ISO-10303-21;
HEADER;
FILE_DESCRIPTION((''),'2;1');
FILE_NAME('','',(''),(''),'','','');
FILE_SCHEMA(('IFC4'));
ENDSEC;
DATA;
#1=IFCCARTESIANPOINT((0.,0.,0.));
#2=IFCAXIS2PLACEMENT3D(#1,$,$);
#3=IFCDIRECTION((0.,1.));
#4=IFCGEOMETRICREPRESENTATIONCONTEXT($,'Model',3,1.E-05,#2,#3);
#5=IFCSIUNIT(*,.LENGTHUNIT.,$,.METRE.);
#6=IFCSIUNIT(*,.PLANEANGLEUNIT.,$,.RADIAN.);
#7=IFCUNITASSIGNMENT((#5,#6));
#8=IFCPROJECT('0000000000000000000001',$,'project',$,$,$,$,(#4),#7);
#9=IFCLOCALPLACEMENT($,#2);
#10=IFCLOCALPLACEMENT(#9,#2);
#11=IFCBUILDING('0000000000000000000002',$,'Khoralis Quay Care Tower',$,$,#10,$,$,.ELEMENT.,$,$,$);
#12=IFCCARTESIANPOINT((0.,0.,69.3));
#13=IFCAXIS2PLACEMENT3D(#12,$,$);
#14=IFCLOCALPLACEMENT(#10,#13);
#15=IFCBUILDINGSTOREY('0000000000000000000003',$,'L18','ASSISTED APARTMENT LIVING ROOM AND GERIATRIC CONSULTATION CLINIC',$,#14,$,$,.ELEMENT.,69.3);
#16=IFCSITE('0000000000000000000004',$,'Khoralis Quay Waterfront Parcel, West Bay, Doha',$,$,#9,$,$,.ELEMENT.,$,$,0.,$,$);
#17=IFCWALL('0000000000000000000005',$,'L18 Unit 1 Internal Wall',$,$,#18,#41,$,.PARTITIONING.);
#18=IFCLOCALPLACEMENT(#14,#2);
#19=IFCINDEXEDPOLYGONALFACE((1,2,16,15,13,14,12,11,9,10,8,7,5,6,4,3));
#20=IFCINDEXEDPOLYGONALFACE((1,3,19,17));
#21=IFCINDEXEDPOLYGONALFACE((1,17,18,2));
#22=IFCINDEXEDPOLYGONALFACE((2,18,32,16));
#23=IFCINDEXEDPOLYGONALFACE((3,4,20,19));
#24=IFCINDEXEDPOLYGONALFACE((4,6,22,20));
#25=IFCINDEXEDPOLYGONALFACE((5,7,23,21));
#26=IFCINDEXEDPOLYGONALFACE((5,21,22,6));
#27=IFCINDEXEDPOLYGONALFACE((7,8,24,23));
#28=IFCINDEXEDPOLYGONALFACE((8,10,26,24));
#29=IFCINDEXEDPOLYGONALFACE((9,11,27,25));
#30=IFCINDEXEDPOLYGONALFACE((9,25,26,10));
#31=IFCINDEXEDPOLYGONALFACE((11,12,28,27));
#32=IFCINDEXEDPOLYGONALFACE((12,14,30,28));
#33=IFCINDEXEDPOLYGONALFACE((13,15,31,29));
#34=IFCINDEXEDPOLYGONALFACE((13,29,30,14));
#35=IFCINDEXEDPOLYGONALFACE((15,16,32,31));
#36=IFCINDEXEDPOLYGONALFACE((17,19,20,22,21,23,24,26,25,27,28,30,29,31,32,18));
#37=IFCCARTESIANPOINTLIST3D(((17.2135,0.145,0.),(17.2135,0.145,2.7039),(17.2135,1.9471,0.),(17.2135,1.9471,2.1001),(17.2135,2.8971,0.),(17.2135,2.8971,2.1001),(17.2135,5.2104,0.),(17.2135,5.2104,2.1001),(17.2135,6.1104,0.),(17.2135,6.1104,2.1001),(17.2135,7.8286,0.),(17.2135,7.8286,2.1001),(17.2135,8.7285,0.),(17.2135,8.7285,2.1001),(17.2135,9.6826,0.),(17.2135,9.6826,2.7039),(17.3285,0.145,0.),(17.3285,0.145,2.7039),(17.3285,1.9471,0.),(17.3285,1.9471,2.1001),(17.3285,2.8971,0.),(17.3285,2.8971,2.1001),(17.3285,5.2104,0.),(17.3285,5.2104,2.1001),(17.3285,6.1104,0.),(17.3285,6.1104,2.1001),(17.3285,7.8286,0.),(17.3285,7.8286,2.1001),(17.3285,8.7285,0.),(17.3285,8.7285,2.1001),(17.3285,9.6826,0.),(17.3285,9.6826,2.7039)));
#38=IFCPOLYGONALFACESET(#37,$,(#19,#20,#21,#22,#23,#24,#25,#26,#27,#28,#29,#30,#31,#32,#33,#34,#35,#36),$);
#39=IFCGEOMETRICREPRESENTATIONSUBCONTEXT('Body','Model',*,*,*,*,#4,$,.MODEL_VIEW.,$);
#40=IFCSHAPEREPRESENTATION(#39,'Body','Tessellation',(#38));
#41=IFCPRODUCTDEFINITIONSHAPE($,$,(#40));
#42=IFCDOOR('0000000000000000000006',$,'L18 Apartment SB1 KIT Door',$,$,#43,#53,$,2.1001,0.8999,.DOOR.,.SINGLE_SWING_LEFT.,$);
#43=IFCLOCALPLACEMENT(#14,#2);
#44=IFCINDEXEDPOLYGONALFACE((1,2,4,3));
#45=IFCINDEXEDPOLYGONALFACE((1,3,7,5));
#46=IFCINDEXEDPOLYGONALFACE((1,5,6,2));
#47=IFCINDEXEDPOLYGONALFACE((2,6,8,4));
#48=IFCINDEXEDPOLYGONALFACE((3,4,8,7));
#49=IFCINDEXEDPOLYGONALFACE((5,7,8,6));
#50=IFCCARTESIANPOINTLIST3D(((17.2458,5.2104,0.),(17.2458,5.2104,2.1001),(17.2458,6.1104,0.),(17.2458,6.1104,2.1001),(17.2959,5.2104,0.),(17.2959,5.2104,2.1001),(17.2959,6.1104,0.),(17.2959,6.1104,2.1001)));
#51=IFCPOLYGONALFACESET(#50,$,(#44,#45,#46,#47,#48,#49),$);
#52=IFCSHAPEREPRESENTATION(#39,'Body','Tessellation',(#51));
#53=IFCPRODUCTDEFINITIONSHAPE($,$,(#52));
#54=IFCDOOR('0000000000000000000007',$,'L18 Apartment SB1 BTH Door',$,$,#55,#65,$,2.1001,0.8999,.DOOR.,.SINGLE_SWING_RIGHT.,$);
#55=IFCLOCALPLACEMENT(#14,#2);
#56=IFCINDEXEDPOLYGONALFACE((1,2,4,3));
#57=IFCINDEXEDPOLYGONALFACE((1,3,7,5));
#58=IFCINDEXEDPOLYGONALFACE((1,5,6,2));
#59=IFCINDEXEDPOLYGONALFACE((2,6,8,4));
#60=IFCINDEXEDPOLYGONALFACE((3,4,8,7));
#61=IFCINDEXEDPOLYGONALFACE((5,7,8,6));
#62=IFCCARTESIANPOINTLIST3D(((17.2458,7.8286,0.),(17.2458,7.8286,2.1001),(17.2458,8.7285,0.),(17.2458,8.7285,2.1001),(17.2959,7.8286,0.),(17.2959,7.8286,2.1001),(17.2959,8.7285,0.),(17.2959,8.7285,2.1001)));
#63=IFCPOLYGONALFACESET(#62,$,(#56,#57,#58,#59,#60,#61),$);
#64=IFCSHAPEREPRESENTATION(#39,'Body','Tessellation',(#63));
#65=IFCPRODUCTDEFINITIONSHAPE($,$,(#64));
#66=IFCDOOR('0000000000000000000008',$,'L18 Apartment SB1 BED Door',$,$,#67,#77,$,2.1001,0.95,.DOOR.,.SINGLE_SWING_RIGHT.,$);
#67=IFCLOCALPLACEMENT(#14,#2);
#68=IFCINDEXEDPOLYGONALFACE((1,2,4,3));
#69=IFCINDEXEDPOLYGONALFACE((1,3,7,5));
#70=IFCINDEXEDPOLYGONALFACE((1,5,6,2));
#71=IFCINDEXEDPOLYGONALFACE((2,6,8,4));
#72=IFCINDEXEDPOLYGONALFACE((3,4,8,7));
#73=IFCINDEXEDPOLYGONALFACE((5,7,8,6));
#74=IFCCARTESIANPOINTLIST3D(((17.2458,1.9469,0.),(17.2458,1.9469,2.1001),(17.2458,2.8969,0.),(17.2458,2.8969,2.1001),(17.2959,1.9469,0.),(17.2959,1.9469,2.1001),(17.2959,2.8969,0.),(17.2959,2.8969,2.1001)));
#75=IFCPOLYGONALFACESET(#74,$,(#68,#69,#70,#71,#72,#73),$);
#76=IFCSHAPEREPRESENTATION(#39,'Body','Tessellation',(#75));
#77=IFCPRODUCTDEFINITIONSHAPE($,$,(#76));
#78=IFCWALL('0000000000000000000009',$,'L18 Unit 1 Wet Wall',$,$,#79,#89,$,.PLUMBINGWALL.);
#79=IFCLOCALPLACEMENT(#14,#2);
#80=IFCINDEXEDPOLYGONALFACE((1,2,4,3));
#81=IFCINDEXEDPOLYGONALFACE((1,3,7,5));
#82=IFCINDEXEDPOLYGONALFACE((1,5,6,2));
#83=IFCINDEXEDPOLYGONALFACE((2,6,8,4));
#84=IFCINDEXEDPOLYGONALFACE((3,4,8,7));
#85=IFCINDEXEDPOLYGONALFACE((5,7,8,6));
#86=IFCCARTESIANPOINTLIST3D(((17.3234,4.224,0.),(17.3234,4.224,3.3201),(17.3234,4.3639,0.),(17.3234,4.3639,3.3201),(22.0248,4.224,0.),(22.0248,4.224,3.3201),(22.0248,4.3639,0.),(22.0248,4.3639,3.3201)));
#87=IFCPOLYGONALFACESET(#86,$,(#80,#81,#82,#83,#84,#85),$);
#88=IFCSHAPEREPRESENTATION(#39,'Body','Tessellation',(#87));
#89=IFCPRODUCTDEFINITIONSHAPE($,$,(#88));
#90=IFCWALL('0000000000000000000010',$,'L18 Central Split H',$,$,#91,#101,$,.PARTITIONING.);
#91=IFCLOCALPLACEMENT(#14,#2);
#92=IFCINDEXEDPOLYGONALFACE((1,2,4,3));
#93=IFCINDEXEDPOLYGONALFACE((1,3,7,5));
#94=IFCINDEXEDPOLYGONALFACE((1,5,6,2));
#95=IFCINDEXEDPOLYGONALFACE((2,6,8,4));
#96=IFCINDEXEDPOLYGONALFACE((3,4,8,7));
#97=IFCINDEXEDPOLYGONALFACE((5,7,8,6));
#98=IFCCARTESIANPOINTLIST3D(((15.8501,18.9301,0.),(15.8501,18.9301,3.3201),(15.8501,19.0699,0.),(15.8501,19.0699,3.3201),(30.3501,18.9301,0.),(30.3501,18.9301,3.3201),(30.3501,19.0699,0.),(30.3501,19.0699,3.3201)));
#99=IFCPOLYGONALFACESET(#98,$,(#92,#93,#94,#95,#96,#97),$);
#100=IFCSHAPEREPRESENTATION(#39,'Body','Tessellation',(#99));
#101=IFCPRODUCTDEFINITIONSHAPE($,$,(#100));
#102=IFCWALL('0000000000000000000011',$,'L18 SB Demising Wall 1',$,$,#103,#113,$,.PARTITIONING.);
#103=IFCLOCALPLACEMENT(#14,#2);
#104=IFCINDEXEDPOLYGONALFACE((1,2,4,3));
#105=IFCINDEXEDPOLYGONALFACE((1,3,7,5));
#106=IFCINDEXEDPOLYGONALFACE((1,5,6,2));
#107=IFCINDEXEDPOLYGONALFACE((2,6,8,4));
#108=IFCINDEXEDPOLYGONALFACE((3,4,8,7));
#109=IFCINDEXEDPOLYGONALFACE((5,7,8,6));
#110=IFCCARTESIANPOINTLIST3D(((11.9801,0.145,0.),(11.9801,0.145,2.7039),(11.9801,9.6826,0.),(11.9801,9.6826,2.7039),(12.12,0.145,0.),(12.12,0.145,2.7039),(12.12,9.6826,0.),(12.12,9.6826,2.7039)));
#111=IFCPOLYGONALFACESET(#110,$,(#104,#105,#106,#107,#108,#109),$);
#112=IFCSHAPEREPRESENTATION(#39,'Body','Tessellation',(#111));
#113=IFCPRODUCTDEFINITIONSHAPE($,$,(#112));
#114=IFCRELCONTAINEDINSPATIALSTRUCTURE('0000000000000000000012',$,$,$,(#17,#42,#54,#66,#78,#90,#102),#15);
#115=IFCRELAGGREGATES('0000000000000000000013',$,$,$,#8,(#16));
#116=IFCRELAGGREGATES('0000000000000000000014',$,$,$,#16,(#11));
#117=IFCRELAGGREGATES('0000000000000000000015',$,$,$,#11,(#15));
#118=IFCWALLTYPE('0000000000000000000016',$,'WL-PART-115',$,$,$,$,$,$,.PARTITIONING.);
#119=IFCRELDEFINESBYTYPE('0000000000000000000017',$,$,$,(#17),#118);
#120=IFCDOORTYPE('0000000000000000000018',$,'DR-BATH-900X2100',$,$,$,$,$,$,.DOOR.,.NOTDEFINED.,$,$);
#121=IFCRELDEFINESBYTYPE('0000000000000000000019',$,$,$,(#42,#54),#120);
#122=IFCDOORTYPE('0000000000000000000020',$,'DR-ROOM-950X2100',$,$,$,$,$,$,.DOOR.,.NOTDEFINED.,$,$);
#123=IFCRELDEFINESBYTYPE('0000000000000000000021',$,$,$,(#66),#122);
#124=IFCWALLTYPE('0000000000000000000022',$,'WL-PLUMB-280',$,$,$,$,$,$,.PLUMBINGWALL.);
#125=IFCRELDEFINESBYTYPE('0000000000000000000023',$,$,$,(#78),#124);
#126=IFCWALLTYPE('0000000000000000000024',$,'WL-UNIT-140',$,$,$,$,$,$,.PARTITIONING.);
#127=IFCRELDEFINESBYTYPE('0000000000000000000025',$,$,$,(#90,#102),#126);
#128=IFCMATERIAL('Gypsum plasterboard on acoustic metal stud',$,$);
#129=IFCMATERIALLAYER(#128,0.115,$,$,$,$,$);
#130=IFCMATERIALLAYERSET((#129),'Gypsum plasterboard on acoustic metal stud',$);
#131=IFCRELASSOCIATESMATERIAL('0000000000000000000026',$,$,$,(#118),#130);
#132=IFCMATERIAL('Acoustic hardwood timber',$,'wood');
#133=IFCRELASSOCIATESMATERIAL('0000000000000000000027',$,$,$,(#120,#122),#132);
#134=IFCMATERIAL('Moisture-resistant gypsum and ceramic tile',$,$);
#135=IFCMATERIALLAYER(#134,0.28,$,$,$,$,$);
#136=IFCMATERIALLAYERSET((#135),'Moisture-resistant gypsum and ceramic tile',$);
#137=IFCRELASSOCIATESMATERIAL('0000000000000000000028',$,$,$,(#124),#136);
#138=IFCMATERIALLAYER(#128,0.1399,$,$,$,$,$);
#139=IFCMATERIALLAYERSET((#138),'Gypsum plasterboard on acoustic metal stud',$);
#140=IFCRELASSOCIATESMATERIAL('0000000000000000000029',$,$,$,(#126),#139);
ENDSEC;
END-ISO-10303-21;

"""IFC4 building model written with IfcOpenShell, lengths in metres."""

from ifc_helpers import new_model, si_unit, direction, frame, frame_2d, origin, place, context, subcontext, project, spatial, rectangle, extrude, source, transform, mapped, material, layer, layer_set, type_object, element, fill, save


model = new_model("IFC4")

# Units and contexts
model_context = context("Model", 3, precision=1e-05, world=origin(), true_north=direction((0.0, 1.0)))
body_context = subcontext(model_context, "Body", "Model", "MODEL_VIEW")
ifc_project = project(units=[si_unit("LENGTHUNIT", "METRE"), si_unit("PLANEANGLEUNIT", "RADIAN")], contexts=[model_context])

# Site, building, storey
site_placement = place(None, origin())
site = spatial("IfcSite", under=ifc_project, at=site_placement, Name="Khoralis Quay Waterfront Parcel, West Bay, Doha", CompositionType="ELEMENT", RefElevation=0.0)
building_placement = place(site_placement, origin())
building = spatial("IfcBuilding", under=site, at=building_placement, Name="Khoralis Quay Care Tower", CompositionType="ELEMENT")
storey_placement = place(building_placement, frame((0.0, 0.0, 69.3)))
storey = spatial("IfcBuildingStorey", under=building, at=storey_placement, Name="L18", Description="ASSISTED APARTMENT LIVING ROOM AND GERIATRIC CONSULTATION CLINIC", CompositionType="ELEMENT", Elevation=69.3)

# Shared definitions
ifc_material_1 = material(Name="Gypsum plasterboard on acoustic metal stud")

# Wall, openings, doors
ifc_material_2 = material(Name="Acoustic hardwood timber", Category="wood")
ifc_layer_1 = layer(ifc_material_1, 0.115)
ifc_layer_set_1 = layer_set([ifc_layer_1], Name="Gypsum plasterboard on acoustic metal stud")
wall_type_1 = type_object("IfcWallType", Name="WL-PART-115", PredefinedType="PARTITIONING", material=ifc_layer_set_1)
wall_1_placement = place(storey_placement, frame((17.271, 0.145, 0.0), z_axis=(0.0, 0.0, 1.0), x_axis=(0.0, 1.0, 0.0)))
wall_1 = element("IfcWall", 1, at=wall_1_placement, inside=storey, type_object=wall_type_1, Name="L18 Unit 1 Internal Wall", PredefinedType="PARTITIONING", context=body_context, shape_type="SweptSolid", body=[
    extrude(rectangle(XDim=9.5376, YDim=0.115, at=frame_2d((4.7688, 0.0))), origin(), (0.0, 0.0, 1.0), 2.7039),
])
opening_1_placement = place(wall_1_placement, frame((1.802, 0.0, 0.0)))
opening_1 = element("IfcOpeningElement", 2, at=opening_1_placement, cuts=wall_1, PredefinedType="OPENING", context=body_context, shape_type="SweptSolid", body=[
    extrude(rectangle(XDim=0.95, YDim=2.1001, at=frame_2d((0.4751, 1.05))), frame((0.0, 0.0674, 0.0), z_axis=(0.0, -1.0, 0.0), x_axis=(1.0, 0.0, 0.0)), (0.0, 0.0, 1.0), 0.135),
])
opening_2_placement = place(wall_1_placement, frame((5.0654, 0.0, 0.0)))
opening_2 = element("IfcOpeningElement", 3, at=opening_2_placement, cuts=wall_1, PredefinedType="OPENING", context=body_context, shape_type="SweptSolid", body=[
    extrude(rectangle(XDim=0.8999, YDim=2.1001, at=frame_2d((0.45, 1.05))), frame((0.0, 0.0674, 0.0), z_axis=(0.0, -1.0, 0.0), x_axis=(1.0, 0.0, 0.0)), (0.0, 0.0, 1.0), 0.135),
])
opening_3_placement = place(wall_1_placement, frame((7.6836, 0.0, 0.0)))
opening_3 = element("IfcOpeningElement", 4, at=opening_3_placement, cuts=wall_1, PredefinedType="OPENING", context=body_context, shape_type="SweptSolid", body=[
    extrude(rectangle(XDim=0.8999, YDim=2.1001, at=frame_2d((0.45, 1.05))), frame((0.0, 0.0674, 0.0), z_axis=(0.0, -1.0, 0.0), x_axis=(1.0, 0.0, 0.0)), (0.0, 0.0, 1.0), 0.135),
])
door_type_1 = type_object("IfcDoorType", Name="DR-BATH-900X2100", OperationType="NOTDEFINED", PredefinedType="DOOR", material=ifc_material_2)
shared_shape_1 = source(origin(), body_context, "Body", "SweptSolid", [
    extrude(rectangle(XDim=0.8999, YDim=2.1001, at=frame_2d((0.45, 1.05))), frame((0.0, 0.0249, 0.0), z_axis=(0.0, -1.0, 0.0), x_axis=(1.0, 0.0, 0.0)), (0.0, 0.0, 1.0), 0.05),
])
door_1_placement = place(opening_2_placement, frame((0.8999, 0.0, 0.0), z_axis=(0.0, 0.0, 1.0), x_axis=(-1.0, 0.0, 0.0)))
door_1 = element("IfcDoor", 5, at=door_1_placement, inside=storey, type_object=door_type_1, Name="L18 Apartment SB1 KIT Door", OperationType="SINGLE_SWING_LEFT", OverallHeight=2.1001, OverallWidth=0.8999, PredefinedType="DOOR", context=body_context, shape_type="MappedRepresentation", body=[
    mapped(shared_shape_1, transform((0.0, 0.0, 0.0), scale=1.0)),
])
fill(opening_2, door_1)
door_2_placement = place(opening_3_placement, frame((0.8999, 0.0, 0.0), z_axis=(0.0, 0.0, 1.0), x_axis=(-1.0, 0.0, 0.0)))
door_2 = element("IfcDoor", 6, at=door_2_placement, inside=storey, type_object=door_type_1, Name="L18 Apartment SB1 BTH Door", OperationType="SINGLE_SWING_RIGHT", OverallHeight=2.1001, OverallWidth=0.8999, PredefinedType="DOOR", context=body_context, shape_type="MappedRepresentation", body=[
    mapped(shared_shape_1, transform((0.0, 0.0, 0.0), scale=1.0)),
])
fill(opening_3, door_2)
door_type_2 = type_object("IfcDoorType", Name="DR-ROOM-950X2100", OperationType="NOTDEFINED", PredefinedType="DOOR", material=ifc_material_2)
shared_shape_2 = source(origin(), body_context, "Body", "SweptSolid", [
    extrude(rectangle(XDim=0.95, YDim=2.1001, at=frame_2d((0.4751, 1.05))), frame((0.0, 0.0249, 0.0), z_axis=(0.0, -1.0, 0.0), x_axis=(1.0, 0.0, 0.0)), (0.0, 0.0, 1.0), 0.05),
])
door_3_placement = place(opening_1_placement, frame((0.95, 0.0, 0.0), z_axis=(0.0, 0.0, 1.0), x_axis=(-1.0, 0.0, 0.0)))
door_3 = element("IfcDoor", 7, at=door_3_placement, inside=storey, type_object=door_type_2, Name="L18 Apartment SB1 BED Door", OperationType="SINGLE_SWING_RIGHT", OverallHeight=2.1001, OverallWidth=0.95, PredefinedType="DOOR", context=body_context, shape_type="MappedRepresentation", body=[
    mapped(shared_shape_2, transform((0.0, 0.0, 0.0), scale=1.0)),
])
fill(opening_1, door_3)

# Walls
ifc_material_3 = material(Name="Moisture-resistant gypsum and ceramic tile")
ifc_layer_2 = layer(ifc_material_3, 0.28)
ifc_layer_set_2 = layer_set([ifc_layer_2], Name="Moisture-resistant gypsum and ceramic tile")
wall_type_2 = type_object("IfcWallType", Name="WL-PLUMB-280", PredefinedType="PLUMBINGWALL", material=ifc_layer_set_2)
wall_2_placement = place(storey_placement, frame((17.3235, 4.2939, 0.0), z_axis=(0.0, 0.0, 1.0), x_axis=(1.0, 0.0, 0.0)))
element("IfcWall", 8, at=wall_2_placement, inside=storey, type_object=wall_type_2, Name="L18 Unit 1 Wet Wall", PredefinedType="PLUMBINGWALL", context=body_context, shape_type="SweptSolid", body=[
    extrude(rectangle(XDim=4.7014, YDim=0.1399, at=frame_2d((2.3506, 0.0))), origin(), (0.0, 0.0, 1.0), 3.3201),
])
ifc_layer_3 = layer(ifc_material_1, 0.1399)
ifc_layer_set_3 = layer_set([ifc_layer_3], Name="Gypsum plasterboard on acoustic metal stud")
wall_type_3 = type_object("IfcWallType", Name="WL-UNIT-140", PredefinedType="PARTITIONING", material=ifc_layer_set_3)
wall_3_placement = place(storey_placement, frame((15.8501, 19.0, 0.0), z_axis=(0.0, 0.0, 1.0), x_axis=(1.0, 0.0, 0.0)))
element("IfcWall", 9, at=wall_3_placement, inside=storey, type_object=wall_type_3, Name="L18 Central Split H", PredefinedType="PARTITIONING", context=body_context, shape_type="SweptSolid", body=[
    extrude(rectangle(XDim=14.5, YDim=0.1399, at=frame_2d((7.25, 0.0))), origin(), (0.0, 0.0, 1.0), 3.3201),
])
wall_4_placement = place(storey_placement, frame((12.05, 0.145, 0.0), z_axis=(0.0, 0.0, 1.0), x_axis=(0.0, 1.0, 0.0)))
element("IfcWall", 10, at=wall_4_placement, inside=storey, type_object=wall_type_3, Name="L18 SB Demising Wall 1", PredefinedType="PARTITIONING", context=body_context, shape_type="SweptSolid", body=[
    extrude(rectangle(XDim=9.5376, YDim=0.1399, at=frame_2d((4.7688, 0.0))), origin(), (0.0, 0.0, 1.0), 2.7039),
])

save(model, "model.ifc")
